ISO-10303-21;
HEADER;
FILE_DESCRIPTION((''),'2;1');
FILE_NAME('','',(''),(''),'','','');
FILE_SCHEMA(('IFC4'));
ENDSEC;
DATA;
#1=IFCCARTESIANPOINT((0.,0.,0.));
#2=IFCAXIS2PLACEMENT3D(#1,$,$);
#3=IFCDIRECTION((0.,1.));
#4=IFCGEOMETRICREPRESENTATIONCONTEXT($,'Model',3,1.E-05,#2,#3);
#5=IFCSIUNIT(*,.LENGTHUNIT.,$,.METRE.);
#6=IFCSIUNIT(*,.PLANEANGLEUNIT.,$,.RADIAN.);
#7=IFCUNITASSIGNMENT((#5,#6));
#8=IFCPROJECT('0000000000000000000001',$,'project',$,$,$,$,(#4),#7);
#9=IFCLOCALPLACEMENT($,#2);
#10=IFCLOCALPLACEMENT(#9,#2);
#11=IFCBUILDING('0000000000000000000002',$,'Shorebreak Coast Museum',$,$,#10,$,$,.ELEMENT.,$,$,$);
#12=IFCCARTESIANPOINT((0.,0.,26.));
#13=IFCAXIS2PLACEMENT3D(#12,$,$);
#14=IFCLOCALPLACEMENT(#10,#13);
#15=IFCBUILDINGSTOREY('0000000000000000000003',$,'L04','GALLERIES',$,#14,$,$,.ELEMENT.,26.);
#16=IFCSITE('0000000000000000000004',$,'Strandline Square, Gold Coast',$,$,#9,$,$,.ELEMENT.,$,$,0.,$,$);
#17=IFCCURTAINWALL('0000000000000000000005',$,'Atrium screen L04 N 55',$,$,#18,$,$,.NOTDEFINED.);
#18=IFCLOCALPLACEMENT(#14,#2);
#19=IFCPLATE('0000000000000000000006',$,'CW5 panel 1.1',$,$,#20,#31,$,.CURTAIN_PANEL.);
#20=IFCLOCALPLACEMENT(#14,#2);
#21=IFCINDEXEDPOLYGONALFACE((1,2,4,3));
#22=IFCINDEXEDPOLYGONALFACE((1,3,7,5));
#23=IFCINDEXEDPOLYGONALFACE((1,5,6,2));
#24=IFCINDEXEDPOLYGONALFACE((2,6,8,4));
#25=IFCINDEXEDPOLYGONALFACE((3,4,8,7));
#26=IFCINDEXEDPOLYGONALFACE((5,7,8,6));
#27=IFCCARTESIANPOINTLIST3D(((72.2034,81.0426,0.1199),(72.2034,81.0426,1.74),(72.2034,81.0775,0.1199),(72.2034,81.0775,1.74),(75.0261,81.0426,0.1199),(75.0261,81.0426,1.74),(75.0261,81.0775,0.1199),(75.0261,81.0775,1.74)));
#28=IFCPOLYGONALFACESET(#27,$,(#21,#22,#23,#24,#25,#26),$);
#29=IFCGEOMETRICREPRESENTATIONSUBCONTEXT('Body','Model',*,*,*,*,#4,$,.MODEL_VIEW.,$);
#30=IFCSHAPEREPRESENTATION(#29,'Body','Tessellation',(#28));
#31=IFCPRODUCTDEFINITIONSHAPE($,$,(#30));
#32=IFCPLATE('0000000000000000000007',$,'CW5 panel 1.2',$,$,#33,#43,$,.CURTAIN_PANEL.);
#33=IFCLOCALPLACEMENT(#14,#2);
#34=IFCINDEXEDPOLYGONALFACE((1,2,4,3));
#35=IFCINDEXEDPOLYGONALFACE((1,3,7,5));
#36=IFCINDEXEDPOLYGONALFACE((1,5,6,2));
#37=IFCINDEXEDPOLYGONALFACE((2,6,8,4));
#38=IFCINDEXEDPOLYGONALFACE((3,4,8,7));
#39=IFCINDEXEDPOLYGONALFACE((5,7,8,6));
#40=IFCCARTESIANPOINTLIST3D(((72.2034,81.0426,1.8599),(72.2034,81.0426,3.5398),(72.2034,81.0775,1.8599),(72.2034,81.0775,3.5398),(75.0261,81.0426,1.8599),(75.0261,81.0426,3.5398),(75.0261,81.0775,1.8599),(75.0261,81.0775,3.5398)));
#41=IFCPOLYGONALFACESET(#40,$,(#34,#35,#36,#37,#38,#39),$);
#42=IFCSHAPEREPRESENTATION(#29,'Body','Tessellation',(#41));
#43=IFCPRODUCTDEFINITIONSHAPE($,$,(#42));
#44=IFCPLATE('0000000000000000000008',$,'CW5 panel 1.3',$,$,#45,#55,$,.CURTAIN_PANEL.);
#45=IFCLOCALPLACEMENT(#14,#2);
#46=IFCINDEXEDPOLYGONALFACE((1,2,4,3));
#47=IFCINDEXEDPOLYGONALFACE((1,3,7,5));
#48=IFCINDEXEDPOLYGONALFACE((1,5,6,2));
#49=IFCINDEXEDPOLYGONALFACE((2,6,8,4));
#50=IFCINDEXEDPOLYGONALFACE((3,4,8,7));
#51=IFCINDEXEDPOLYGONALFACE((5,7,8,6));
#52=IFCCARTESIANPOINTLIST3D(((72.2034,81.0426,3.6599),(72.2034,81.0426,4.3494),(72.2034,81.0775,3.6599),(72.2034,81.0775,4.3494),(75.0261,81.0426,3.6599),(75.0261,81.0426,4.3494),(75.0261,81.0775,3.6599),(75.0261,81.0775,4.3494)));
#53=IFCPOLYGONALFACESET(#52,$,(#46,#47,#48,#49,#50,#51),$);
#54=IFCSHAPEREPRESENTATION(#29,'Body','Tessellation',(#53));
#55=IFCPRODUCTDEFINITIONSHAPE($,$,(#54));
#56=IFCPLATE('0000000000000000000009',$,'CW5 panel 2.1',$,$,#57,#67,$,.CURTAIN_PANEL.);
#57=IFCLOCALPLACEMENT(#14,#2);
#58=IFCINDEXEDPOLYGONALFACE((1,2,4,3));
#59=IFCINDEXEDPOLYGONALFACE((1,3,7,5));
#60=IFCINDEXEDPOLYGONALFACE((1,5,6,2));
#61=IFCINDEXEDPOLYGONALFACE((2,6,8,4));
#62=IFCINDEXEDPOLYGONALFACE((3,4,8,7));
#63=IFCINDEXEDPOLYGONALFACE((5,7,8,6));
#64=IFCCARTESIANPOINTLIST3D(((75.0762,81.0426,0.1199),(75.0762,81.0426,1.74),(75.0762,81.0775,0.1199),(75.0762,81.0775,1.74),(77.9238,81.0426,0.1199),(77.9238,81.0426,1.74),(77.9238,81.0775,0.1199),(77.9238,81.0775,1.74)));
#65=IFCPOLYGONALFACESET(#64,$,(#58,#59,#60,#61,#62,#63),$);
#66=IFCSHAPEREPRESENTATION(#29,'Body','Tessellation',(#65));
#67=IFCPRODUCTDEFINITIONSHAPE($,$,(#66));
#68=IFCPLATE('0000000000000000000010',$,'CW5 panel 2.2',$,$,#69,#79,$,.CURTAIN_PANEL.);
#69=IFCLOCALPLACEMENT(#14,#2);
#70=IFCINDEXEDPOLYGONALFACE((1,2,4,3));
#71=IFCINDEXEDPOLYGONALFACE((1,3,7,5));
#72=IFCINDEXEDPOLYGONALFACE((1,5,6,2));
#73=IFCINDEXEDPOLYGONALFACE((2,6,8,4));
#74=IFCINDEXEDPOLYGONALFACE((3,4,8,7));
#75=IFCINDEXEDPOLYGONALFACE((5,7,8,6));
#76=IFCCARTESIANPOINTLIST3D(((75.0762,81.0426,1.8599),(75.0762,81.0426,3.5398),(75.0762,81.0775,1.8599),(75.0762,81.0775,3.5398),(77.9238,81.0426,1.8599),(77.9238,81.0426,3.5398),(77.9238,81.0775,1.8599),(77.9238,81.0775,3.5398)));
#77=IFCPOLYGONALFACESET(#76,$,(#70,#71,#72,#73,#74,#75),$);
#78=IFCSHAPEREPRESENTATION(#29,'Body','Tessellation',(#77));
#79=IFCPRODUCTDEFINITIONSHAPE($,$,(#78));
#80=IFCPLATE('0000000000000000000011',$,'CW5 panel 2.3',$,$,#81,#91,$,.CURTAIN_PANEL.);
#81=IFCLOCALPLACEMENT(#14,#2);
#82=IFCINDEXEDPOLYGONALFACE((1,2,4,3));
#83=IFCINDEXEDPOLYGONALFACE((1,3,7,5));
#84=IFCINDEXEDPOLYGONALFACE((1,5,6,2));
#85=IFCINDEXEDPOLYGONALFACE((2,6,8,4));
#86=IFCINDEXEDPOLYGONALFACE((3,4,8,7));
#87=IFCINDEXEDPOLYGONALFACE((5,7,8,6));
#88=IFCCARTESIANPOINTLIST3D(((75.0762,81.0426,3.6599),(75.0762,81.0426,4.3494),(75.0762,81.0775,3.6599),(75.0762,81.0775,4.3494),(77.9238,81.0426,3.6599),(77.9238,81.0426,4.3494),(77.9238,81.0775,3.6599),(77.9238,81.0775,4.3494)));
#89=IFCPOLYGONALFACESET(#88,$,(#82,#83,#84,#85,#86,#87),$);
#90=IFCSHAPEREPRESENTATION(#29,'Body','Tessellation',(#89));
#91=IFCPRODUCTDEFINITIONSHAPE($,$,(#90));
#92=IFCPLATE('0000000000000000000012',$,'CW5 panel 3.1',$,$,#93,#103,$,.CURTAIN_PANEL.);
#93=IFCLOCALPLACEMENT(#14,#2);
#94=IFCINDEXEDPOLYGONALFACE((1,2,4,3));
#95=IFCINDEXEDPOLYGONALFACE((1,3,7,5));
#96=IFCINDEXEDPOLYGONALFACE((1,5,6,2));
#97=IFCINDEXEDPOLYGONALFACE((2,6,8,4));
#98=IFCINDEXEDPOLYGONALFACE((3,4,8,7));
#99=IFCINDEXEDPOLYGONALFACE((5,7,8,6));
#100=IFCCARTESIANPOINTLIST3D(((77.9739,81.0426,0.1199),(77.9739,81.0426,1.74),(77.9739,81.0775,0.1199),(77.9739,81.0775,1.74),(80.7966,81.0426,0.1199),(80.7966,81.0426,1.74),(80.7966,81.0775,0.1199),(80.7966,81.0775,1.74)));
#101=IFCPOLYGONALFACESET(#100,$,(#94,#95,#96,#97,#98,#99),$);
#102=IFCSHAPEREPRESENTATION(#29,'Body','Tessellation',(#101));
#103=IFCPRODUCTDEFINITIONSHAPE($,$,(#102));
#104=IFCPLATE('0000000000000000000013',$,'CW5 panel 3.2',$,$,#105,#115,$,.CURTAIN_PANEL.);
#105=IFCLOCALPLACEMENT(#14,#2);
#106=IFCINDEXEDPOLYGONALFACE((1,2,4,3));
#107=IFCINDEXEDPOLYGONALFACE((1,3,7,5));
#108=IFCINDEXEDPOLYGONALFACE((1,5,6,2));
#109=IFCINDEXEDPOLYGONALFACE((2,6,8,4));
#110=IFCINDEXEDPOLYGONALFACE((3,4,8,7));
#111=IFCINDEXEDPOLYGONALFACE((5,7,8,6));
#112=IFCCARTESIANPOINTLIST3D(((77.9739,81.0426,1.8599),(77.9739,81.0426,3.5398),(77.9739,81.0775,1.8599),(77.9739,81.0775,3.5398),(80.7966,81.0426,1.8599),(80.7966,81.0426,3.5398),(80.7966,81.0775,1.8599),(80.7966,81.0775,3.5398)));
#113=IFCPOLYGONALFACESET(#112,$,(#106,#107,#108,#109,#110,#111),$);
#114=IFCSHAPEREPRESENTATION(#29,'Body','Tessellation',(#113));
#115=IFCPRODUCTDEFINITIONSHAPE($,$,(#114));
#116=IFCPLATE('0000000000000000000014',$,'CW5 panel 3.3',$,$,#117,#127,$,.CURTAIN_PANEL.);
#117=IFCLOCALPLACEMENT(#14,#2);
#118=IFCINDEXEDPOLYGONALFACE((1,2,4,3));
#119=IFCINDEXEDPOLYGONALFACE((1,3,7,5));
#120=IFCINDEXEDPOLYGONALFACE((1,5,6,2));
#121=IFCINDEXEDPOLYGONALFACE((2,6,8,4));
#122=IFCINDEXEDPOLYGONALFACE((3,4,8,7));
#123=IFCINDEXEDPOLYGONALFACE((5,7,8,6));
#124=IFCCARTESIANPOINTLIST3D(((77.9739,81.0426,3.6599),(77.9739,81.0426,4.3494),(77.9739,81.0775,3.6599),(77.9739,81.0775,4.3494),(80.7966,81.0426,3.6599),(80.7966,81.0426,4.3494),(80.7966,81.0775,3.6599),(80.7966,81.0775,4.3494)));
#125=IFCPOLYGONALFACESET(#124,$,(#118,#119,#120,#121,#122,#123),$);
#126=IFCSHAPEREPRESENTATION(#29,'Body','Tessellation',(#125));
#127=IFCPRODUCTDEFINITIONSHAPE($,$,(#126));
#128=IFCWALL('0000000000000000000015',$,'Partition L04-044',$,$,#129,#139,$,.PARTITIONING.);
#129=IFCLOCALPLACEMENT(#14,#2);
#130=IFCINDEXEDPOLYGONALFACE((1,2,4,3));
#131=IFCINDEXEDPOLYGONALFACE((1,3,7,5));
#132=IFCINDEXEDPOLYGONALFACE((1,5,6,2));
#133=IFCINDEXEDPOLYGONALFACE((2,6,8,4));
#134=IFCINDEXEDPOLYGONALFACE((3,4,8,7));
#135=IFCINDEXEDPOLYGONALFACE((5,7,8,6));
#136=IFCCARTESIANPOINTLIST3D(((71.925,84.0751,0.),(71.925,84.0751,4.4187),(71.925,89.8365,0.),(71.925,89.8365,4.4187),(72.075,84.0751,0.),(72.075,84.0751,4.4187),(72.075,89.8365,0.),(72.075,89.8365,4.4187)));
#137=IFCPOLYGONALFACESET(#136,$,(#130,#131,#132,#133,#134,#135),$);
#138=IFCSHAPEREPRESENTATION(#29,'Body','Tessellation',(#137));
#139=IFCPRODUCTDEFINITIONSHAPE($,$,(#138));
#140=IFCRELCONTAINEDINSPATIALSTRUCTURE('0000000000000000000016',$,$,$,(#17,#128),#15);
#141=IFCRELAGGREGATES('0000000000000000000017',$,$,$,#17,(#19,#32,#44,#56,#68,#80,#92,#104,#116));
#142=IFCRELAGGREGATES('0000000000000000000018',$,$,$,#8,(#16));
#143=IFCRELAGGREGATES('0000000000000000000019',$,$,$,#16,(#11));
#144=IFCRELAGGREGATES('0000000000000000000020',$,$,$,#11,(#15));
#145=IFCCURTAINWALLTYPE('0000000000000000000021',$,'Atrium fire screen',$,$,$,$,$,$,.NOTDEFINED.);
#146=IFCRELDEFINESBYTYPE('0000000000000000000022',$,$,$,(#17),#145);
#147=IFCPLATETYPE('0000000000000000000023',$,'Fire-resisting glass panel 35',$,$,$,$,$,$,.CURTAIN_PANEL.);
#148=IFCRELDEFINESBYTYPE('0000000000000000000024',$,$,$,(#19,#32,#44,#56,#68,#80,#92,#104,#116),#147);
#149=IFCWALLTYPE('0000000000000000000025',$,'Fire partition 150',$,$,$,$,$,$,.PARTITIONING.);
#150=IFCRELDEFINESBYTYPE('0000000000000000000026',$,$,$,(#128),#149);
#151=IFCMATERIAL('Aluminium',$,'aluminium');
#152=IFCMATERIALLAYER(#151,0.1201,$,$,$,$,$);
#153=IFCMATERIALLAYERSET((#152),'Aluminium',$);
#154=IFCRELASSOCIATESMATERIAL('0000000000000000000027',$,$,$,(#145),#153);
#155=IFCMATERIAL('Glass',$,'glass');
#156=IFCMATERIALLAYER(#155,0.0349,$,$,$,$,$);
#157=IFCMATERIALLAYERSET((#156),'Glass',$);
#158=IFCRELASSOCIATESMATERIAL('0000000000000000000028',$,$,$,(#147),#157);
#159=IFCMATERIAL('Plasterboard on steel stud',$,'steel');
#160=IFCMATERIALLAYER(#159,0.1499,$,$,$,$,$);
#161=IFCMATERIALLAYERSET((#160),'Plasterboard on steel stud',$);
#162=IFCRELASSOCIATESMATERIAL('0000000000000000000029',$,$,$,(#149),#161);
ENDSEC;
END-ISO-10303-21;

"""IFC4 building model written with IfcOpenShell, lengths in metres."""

from ifc_helpers import new_model, si_unit, direction, frame, frame_2d, origin, origin_2d, place, context, subcontext, project, spatial, rectangle, extrude, material, layer, layer_set, type_object, element, aggregate, save


model = new_model("IFC4")

# Units and contexts
model_context = context("Model", 3, precision=1e-05, world=origin(), true_north=direction((0.0, 1.0)))
body_context = subcontext(model_context, "Body", "Model", "MODEL_VIEW")
ifc_project = project(units=[si_unit("LENGTHUNIT", "METRE"), si_unit("PLANEANGLEUNIT", "RADIAN")], contexts=[model_context])

# Site, building, storey
site_placement = place(None, origin())
site = spatial("IfcSite", under=ifc_project, at=site_placement, Name="Strandline Square, Gold Coast", CompositionType="ELEMENT", RefElevation=0.0)
building_placement = place(site_placement, origin())
building = spatial("IfcBuilding", under=site, at=building_placement, Name="Shorebreak Coast Museum", CompositionType="ELEMENT")
storey_placement = place(building_placement, frame((0.0, 0.0, 26.0)))
storey = spatial("IfcBuildingStorey", under=building, at=storey_placement, Name="L04", Description="GALLERIES", CompositionType="ELEMENT", Elevation=26.0)

# Curtain wall, plates
ifc_material_1 = material(Name="Aluminium", Category="aluminium")
ifc_layer_1 = layer(ifc_material_1, 0.1201)
ifc_layer_set_1 = layer_set([ifc_layer_1], Name="Aluminium")
curtain_wall_type = type_object("IfcCurtainWallType", Name="Atrium fire screen", PredefinedType="NOTDEFINED", material=ifc_layer_set_1)
curtain_wall_placement = place(storey_placement, origin())
curtain_wall = element("IfcCurtainWall", 1, at=curtain_wall_placement, inside=storey, type_object=curtain_wall_type, Name="Atrium screen L04 N 55", PredefinedType="NOTDEFINED")
ifc_material_2 = material(Name="Glass", Category="glass")
ifc_layer_2 = layer(ifc_material_2, 0.0349)
ifc_layer_set_2 = layer_set([ifc_layer_2], Name="Glass")
plate_type = type_object("IfcPlateType", Name="Fire-resisting glass panel 35", PredefinedType="CURTAIN_PANEL", material=ifc_layer_set_2)
plate_1_placement = place(storey_placement, frame((73.6147, 81.0601, 0.1199), z_axis=(0.0, 0.0, 1.0), x_axis=(1.0, 0.0, 0.0)))
plate_1 = element("IfcPlate", 2, at=plate_1_placement, type_object=plate_type, Name="CW5 panel 1.1", PredefinedType="CURTAIN_PANEL", context=body_context, shape_type="SweptSolid", body=[
    extrude(rectangle(XDim=2.8228, YDim=0.0349, at=origin_2d()), origin(), (0.0, 0.0, 1.0), 1.6201),
])
plate_2_placement = place(storey_placement, frame((73.6147, 81.0601, 1.8599), z_axis=(0.0, 0.0, 1.0), x_axis=(1.0, 0.0, 0.0)))
plate_2 = element("IfcPlate", 3, at=plate_2_placement, type_object=plate_type, Name="CW5 panel 1.2", PredefinedType="CURTAIN_PANEL", context=body_context, shape_type="SweptSolid", body=[
    extrude(rectangle(XDim=2.8228, YDim=0.0349, at=origin_2d()), origin(), (0.0, 0.0, 1.0), 1.6799),
])
plate_3_placement = place(storey_placement, frame((73.6147, 81.0601, 3.6599), z_axis=(0.0, 0.0, 1.0), x_axis=(1.0, 0.0, 0.0)))
plate_3 = element("IfcPlate", 4, at=plate_3_placement, type_object=plate_type, Name="CW5 panel 1.3", PredefinedType="CURTAIN_PANEL", context=body_context, shape_type="SweptSolid", body=[
    extrude(rectangle(XDim=2.8228, YDim=0.0349, at=origin_2d()), origin(), (0.0, 0.0, 1.0), 0.6895),
])
plate_4_placement = place(storey_placement, frame((76.5, 81.0601, 0.1199), z_axis=(0.0, 0.0, 1.0), x_axis=(1.0, 0.0, 0.0)))
plate_4 = element("IfcPlate", 5, at=plate_4_placement, type_object=plate_type, Name="CW5 panel 2.1", PredefinedType="CURTAIN_PANEL", context=body_context, shape_type="SweptSolid", body=[
    extrude(rectangle(XDim=2.8477, YDim=0.0349, at=origin_2d()), origin(), (0.0, 0.0, 1.0), 1.6201),
])
plate_5_placement = place(storey_placement, frame((76.5, 81.0601, 1.8599), z_axis=(0.0, 0.0, 1.0), x_axis=(1.0, 0.0, 0.0)))
plate_5 = element("IfcPlate", 6, at=plate_5_placement, type_object=plate_type, Name="CW5 panel 2.2", PredefinedType="CURTAIN_PANEL", context=body_context, shape_type="SweptSolid", body=[
    extrude(rectangle(XDim=2.8477, YDim=0.0349, at=origin_2d()), origin(), (0.0, 0.0, 1.0), 1.6799),
])
plate_6_placement = place(storey_placement, frame((76.5, 81.0601, 3.6599), z_axis=(0.0, 0.0, 1.0), x_axis=(1.0, 0.0, 0.0)))
plate_6 = element("IfcPlate", 7, at=plate_6_placement, type_object=plate_type, Name="CW5 panel 2.3", PredefinedType="CURTAIN_PANEL", context=body_context, shape_type="SweptSolid", body=[
    extrude(rectangle(XDim=2.8477, YDim=0.0349, at=origin_2d()), origin(), (0.0, 0.0, 1.0), 0.6895),
])
plate_7_placement = place(storey_placement, frame((79.3853, 81.0601, 0.1199), z_axis=(0.0, 0.0, 1.0), x_axis=(1.0, 0.0, 0.0)))
plate_7 = element("IfcPlate", 8, at=plate_7_placement, type_object=plate_type, Name="CW5 panel 3.1", PredefinedType="CURTAIN_PANEL", context=body_context, shape_type="SweptSolid", body=[
    extrude(rectangle(XDim=2.8228, YDim=0.0349, at=origin_2d()), origin(), (0.0, 0.0, 1.0), 1.6201),
])
plate_8_placement = place(storey_placement, frame((79.3853, 81.0601, 1.8599), z_axis=(0.0, 0.0, 1.0), x_axis=(1.0, 0.0, 0.0)))
plate_8 = element("IfcPlate", 9, at=plate_8_placement, type_object=plate_type, Name="CW5 panel 3.2", PredefinedType="CURTAIN_PANEL", context=body_context, shape_type="SweptSolid", body=[
    extrude(rectangle(XDim=2.8228, YDim=0.0349, at=origin_2d()), origin(), (0.0, 0.0, 1.0), 1.6799),
])
plate_9_placement = place(storey_placement, frame((79.3853, 81.0601, 3.6599), z_axis=(0.0, 0.0, 1.0), x_axis=(1.0, 0.0, 0.0)))
plate_9 = element("IfcPlate", 10, at=plate_9_placement, type_object=plate_type, Name="CW5 panel 3.3", PredefinedType="CURTAIN_PANEL", context=body_context, shape_type="SweptSolid", body=[
    extrude(rectangle(XDim=2.8228, YDim=0.0349, at=origin_2d()), origin(), (0.0, 0.0, 1.0), 0.6895),
])
aggregate(curtain_wall, [plate_1, plate_2, plate_3, plate_4, plate_5, plate_6, plate_7, plate_8, plate_9])

# Wall
ifc_material_3 = material(Name="Plasterboard on steel stud", Category="steel")
ifc_layer_3 = layer(ifc_material_3, 0.1499)
ifc_layer_set_3 = layer_set([ifc_layer_3], Name="Plasterboard on steel stud")
wall_type = type_object("IfcWallType", Name="Fire partition 150", PredefinedType="PARTITIONING", material=ifc_layer_set_3)
wall_placement = place(storey_placement, frame((72.0, 84.075, 0.0), z_axis=(0.0, 0.0, 1.0), x_axis=(0.0, 1.0, 0.0)))
element("IfcWall", 11, at=wall_placement, inside=storey, type_object=wall_type, Name="Partition L04-044", PredefinedType="PARTITIONING", context=body_context, shape_type="SweptSolid", body=[
    extrude(rectangle(XDim=5.7615, YDim=0.1499, at=frame_2d((2.8809, 0.0))), origin(), (0.0, 0.0, 1.0), 4.4187),
])

save(model, "model.ifc")
